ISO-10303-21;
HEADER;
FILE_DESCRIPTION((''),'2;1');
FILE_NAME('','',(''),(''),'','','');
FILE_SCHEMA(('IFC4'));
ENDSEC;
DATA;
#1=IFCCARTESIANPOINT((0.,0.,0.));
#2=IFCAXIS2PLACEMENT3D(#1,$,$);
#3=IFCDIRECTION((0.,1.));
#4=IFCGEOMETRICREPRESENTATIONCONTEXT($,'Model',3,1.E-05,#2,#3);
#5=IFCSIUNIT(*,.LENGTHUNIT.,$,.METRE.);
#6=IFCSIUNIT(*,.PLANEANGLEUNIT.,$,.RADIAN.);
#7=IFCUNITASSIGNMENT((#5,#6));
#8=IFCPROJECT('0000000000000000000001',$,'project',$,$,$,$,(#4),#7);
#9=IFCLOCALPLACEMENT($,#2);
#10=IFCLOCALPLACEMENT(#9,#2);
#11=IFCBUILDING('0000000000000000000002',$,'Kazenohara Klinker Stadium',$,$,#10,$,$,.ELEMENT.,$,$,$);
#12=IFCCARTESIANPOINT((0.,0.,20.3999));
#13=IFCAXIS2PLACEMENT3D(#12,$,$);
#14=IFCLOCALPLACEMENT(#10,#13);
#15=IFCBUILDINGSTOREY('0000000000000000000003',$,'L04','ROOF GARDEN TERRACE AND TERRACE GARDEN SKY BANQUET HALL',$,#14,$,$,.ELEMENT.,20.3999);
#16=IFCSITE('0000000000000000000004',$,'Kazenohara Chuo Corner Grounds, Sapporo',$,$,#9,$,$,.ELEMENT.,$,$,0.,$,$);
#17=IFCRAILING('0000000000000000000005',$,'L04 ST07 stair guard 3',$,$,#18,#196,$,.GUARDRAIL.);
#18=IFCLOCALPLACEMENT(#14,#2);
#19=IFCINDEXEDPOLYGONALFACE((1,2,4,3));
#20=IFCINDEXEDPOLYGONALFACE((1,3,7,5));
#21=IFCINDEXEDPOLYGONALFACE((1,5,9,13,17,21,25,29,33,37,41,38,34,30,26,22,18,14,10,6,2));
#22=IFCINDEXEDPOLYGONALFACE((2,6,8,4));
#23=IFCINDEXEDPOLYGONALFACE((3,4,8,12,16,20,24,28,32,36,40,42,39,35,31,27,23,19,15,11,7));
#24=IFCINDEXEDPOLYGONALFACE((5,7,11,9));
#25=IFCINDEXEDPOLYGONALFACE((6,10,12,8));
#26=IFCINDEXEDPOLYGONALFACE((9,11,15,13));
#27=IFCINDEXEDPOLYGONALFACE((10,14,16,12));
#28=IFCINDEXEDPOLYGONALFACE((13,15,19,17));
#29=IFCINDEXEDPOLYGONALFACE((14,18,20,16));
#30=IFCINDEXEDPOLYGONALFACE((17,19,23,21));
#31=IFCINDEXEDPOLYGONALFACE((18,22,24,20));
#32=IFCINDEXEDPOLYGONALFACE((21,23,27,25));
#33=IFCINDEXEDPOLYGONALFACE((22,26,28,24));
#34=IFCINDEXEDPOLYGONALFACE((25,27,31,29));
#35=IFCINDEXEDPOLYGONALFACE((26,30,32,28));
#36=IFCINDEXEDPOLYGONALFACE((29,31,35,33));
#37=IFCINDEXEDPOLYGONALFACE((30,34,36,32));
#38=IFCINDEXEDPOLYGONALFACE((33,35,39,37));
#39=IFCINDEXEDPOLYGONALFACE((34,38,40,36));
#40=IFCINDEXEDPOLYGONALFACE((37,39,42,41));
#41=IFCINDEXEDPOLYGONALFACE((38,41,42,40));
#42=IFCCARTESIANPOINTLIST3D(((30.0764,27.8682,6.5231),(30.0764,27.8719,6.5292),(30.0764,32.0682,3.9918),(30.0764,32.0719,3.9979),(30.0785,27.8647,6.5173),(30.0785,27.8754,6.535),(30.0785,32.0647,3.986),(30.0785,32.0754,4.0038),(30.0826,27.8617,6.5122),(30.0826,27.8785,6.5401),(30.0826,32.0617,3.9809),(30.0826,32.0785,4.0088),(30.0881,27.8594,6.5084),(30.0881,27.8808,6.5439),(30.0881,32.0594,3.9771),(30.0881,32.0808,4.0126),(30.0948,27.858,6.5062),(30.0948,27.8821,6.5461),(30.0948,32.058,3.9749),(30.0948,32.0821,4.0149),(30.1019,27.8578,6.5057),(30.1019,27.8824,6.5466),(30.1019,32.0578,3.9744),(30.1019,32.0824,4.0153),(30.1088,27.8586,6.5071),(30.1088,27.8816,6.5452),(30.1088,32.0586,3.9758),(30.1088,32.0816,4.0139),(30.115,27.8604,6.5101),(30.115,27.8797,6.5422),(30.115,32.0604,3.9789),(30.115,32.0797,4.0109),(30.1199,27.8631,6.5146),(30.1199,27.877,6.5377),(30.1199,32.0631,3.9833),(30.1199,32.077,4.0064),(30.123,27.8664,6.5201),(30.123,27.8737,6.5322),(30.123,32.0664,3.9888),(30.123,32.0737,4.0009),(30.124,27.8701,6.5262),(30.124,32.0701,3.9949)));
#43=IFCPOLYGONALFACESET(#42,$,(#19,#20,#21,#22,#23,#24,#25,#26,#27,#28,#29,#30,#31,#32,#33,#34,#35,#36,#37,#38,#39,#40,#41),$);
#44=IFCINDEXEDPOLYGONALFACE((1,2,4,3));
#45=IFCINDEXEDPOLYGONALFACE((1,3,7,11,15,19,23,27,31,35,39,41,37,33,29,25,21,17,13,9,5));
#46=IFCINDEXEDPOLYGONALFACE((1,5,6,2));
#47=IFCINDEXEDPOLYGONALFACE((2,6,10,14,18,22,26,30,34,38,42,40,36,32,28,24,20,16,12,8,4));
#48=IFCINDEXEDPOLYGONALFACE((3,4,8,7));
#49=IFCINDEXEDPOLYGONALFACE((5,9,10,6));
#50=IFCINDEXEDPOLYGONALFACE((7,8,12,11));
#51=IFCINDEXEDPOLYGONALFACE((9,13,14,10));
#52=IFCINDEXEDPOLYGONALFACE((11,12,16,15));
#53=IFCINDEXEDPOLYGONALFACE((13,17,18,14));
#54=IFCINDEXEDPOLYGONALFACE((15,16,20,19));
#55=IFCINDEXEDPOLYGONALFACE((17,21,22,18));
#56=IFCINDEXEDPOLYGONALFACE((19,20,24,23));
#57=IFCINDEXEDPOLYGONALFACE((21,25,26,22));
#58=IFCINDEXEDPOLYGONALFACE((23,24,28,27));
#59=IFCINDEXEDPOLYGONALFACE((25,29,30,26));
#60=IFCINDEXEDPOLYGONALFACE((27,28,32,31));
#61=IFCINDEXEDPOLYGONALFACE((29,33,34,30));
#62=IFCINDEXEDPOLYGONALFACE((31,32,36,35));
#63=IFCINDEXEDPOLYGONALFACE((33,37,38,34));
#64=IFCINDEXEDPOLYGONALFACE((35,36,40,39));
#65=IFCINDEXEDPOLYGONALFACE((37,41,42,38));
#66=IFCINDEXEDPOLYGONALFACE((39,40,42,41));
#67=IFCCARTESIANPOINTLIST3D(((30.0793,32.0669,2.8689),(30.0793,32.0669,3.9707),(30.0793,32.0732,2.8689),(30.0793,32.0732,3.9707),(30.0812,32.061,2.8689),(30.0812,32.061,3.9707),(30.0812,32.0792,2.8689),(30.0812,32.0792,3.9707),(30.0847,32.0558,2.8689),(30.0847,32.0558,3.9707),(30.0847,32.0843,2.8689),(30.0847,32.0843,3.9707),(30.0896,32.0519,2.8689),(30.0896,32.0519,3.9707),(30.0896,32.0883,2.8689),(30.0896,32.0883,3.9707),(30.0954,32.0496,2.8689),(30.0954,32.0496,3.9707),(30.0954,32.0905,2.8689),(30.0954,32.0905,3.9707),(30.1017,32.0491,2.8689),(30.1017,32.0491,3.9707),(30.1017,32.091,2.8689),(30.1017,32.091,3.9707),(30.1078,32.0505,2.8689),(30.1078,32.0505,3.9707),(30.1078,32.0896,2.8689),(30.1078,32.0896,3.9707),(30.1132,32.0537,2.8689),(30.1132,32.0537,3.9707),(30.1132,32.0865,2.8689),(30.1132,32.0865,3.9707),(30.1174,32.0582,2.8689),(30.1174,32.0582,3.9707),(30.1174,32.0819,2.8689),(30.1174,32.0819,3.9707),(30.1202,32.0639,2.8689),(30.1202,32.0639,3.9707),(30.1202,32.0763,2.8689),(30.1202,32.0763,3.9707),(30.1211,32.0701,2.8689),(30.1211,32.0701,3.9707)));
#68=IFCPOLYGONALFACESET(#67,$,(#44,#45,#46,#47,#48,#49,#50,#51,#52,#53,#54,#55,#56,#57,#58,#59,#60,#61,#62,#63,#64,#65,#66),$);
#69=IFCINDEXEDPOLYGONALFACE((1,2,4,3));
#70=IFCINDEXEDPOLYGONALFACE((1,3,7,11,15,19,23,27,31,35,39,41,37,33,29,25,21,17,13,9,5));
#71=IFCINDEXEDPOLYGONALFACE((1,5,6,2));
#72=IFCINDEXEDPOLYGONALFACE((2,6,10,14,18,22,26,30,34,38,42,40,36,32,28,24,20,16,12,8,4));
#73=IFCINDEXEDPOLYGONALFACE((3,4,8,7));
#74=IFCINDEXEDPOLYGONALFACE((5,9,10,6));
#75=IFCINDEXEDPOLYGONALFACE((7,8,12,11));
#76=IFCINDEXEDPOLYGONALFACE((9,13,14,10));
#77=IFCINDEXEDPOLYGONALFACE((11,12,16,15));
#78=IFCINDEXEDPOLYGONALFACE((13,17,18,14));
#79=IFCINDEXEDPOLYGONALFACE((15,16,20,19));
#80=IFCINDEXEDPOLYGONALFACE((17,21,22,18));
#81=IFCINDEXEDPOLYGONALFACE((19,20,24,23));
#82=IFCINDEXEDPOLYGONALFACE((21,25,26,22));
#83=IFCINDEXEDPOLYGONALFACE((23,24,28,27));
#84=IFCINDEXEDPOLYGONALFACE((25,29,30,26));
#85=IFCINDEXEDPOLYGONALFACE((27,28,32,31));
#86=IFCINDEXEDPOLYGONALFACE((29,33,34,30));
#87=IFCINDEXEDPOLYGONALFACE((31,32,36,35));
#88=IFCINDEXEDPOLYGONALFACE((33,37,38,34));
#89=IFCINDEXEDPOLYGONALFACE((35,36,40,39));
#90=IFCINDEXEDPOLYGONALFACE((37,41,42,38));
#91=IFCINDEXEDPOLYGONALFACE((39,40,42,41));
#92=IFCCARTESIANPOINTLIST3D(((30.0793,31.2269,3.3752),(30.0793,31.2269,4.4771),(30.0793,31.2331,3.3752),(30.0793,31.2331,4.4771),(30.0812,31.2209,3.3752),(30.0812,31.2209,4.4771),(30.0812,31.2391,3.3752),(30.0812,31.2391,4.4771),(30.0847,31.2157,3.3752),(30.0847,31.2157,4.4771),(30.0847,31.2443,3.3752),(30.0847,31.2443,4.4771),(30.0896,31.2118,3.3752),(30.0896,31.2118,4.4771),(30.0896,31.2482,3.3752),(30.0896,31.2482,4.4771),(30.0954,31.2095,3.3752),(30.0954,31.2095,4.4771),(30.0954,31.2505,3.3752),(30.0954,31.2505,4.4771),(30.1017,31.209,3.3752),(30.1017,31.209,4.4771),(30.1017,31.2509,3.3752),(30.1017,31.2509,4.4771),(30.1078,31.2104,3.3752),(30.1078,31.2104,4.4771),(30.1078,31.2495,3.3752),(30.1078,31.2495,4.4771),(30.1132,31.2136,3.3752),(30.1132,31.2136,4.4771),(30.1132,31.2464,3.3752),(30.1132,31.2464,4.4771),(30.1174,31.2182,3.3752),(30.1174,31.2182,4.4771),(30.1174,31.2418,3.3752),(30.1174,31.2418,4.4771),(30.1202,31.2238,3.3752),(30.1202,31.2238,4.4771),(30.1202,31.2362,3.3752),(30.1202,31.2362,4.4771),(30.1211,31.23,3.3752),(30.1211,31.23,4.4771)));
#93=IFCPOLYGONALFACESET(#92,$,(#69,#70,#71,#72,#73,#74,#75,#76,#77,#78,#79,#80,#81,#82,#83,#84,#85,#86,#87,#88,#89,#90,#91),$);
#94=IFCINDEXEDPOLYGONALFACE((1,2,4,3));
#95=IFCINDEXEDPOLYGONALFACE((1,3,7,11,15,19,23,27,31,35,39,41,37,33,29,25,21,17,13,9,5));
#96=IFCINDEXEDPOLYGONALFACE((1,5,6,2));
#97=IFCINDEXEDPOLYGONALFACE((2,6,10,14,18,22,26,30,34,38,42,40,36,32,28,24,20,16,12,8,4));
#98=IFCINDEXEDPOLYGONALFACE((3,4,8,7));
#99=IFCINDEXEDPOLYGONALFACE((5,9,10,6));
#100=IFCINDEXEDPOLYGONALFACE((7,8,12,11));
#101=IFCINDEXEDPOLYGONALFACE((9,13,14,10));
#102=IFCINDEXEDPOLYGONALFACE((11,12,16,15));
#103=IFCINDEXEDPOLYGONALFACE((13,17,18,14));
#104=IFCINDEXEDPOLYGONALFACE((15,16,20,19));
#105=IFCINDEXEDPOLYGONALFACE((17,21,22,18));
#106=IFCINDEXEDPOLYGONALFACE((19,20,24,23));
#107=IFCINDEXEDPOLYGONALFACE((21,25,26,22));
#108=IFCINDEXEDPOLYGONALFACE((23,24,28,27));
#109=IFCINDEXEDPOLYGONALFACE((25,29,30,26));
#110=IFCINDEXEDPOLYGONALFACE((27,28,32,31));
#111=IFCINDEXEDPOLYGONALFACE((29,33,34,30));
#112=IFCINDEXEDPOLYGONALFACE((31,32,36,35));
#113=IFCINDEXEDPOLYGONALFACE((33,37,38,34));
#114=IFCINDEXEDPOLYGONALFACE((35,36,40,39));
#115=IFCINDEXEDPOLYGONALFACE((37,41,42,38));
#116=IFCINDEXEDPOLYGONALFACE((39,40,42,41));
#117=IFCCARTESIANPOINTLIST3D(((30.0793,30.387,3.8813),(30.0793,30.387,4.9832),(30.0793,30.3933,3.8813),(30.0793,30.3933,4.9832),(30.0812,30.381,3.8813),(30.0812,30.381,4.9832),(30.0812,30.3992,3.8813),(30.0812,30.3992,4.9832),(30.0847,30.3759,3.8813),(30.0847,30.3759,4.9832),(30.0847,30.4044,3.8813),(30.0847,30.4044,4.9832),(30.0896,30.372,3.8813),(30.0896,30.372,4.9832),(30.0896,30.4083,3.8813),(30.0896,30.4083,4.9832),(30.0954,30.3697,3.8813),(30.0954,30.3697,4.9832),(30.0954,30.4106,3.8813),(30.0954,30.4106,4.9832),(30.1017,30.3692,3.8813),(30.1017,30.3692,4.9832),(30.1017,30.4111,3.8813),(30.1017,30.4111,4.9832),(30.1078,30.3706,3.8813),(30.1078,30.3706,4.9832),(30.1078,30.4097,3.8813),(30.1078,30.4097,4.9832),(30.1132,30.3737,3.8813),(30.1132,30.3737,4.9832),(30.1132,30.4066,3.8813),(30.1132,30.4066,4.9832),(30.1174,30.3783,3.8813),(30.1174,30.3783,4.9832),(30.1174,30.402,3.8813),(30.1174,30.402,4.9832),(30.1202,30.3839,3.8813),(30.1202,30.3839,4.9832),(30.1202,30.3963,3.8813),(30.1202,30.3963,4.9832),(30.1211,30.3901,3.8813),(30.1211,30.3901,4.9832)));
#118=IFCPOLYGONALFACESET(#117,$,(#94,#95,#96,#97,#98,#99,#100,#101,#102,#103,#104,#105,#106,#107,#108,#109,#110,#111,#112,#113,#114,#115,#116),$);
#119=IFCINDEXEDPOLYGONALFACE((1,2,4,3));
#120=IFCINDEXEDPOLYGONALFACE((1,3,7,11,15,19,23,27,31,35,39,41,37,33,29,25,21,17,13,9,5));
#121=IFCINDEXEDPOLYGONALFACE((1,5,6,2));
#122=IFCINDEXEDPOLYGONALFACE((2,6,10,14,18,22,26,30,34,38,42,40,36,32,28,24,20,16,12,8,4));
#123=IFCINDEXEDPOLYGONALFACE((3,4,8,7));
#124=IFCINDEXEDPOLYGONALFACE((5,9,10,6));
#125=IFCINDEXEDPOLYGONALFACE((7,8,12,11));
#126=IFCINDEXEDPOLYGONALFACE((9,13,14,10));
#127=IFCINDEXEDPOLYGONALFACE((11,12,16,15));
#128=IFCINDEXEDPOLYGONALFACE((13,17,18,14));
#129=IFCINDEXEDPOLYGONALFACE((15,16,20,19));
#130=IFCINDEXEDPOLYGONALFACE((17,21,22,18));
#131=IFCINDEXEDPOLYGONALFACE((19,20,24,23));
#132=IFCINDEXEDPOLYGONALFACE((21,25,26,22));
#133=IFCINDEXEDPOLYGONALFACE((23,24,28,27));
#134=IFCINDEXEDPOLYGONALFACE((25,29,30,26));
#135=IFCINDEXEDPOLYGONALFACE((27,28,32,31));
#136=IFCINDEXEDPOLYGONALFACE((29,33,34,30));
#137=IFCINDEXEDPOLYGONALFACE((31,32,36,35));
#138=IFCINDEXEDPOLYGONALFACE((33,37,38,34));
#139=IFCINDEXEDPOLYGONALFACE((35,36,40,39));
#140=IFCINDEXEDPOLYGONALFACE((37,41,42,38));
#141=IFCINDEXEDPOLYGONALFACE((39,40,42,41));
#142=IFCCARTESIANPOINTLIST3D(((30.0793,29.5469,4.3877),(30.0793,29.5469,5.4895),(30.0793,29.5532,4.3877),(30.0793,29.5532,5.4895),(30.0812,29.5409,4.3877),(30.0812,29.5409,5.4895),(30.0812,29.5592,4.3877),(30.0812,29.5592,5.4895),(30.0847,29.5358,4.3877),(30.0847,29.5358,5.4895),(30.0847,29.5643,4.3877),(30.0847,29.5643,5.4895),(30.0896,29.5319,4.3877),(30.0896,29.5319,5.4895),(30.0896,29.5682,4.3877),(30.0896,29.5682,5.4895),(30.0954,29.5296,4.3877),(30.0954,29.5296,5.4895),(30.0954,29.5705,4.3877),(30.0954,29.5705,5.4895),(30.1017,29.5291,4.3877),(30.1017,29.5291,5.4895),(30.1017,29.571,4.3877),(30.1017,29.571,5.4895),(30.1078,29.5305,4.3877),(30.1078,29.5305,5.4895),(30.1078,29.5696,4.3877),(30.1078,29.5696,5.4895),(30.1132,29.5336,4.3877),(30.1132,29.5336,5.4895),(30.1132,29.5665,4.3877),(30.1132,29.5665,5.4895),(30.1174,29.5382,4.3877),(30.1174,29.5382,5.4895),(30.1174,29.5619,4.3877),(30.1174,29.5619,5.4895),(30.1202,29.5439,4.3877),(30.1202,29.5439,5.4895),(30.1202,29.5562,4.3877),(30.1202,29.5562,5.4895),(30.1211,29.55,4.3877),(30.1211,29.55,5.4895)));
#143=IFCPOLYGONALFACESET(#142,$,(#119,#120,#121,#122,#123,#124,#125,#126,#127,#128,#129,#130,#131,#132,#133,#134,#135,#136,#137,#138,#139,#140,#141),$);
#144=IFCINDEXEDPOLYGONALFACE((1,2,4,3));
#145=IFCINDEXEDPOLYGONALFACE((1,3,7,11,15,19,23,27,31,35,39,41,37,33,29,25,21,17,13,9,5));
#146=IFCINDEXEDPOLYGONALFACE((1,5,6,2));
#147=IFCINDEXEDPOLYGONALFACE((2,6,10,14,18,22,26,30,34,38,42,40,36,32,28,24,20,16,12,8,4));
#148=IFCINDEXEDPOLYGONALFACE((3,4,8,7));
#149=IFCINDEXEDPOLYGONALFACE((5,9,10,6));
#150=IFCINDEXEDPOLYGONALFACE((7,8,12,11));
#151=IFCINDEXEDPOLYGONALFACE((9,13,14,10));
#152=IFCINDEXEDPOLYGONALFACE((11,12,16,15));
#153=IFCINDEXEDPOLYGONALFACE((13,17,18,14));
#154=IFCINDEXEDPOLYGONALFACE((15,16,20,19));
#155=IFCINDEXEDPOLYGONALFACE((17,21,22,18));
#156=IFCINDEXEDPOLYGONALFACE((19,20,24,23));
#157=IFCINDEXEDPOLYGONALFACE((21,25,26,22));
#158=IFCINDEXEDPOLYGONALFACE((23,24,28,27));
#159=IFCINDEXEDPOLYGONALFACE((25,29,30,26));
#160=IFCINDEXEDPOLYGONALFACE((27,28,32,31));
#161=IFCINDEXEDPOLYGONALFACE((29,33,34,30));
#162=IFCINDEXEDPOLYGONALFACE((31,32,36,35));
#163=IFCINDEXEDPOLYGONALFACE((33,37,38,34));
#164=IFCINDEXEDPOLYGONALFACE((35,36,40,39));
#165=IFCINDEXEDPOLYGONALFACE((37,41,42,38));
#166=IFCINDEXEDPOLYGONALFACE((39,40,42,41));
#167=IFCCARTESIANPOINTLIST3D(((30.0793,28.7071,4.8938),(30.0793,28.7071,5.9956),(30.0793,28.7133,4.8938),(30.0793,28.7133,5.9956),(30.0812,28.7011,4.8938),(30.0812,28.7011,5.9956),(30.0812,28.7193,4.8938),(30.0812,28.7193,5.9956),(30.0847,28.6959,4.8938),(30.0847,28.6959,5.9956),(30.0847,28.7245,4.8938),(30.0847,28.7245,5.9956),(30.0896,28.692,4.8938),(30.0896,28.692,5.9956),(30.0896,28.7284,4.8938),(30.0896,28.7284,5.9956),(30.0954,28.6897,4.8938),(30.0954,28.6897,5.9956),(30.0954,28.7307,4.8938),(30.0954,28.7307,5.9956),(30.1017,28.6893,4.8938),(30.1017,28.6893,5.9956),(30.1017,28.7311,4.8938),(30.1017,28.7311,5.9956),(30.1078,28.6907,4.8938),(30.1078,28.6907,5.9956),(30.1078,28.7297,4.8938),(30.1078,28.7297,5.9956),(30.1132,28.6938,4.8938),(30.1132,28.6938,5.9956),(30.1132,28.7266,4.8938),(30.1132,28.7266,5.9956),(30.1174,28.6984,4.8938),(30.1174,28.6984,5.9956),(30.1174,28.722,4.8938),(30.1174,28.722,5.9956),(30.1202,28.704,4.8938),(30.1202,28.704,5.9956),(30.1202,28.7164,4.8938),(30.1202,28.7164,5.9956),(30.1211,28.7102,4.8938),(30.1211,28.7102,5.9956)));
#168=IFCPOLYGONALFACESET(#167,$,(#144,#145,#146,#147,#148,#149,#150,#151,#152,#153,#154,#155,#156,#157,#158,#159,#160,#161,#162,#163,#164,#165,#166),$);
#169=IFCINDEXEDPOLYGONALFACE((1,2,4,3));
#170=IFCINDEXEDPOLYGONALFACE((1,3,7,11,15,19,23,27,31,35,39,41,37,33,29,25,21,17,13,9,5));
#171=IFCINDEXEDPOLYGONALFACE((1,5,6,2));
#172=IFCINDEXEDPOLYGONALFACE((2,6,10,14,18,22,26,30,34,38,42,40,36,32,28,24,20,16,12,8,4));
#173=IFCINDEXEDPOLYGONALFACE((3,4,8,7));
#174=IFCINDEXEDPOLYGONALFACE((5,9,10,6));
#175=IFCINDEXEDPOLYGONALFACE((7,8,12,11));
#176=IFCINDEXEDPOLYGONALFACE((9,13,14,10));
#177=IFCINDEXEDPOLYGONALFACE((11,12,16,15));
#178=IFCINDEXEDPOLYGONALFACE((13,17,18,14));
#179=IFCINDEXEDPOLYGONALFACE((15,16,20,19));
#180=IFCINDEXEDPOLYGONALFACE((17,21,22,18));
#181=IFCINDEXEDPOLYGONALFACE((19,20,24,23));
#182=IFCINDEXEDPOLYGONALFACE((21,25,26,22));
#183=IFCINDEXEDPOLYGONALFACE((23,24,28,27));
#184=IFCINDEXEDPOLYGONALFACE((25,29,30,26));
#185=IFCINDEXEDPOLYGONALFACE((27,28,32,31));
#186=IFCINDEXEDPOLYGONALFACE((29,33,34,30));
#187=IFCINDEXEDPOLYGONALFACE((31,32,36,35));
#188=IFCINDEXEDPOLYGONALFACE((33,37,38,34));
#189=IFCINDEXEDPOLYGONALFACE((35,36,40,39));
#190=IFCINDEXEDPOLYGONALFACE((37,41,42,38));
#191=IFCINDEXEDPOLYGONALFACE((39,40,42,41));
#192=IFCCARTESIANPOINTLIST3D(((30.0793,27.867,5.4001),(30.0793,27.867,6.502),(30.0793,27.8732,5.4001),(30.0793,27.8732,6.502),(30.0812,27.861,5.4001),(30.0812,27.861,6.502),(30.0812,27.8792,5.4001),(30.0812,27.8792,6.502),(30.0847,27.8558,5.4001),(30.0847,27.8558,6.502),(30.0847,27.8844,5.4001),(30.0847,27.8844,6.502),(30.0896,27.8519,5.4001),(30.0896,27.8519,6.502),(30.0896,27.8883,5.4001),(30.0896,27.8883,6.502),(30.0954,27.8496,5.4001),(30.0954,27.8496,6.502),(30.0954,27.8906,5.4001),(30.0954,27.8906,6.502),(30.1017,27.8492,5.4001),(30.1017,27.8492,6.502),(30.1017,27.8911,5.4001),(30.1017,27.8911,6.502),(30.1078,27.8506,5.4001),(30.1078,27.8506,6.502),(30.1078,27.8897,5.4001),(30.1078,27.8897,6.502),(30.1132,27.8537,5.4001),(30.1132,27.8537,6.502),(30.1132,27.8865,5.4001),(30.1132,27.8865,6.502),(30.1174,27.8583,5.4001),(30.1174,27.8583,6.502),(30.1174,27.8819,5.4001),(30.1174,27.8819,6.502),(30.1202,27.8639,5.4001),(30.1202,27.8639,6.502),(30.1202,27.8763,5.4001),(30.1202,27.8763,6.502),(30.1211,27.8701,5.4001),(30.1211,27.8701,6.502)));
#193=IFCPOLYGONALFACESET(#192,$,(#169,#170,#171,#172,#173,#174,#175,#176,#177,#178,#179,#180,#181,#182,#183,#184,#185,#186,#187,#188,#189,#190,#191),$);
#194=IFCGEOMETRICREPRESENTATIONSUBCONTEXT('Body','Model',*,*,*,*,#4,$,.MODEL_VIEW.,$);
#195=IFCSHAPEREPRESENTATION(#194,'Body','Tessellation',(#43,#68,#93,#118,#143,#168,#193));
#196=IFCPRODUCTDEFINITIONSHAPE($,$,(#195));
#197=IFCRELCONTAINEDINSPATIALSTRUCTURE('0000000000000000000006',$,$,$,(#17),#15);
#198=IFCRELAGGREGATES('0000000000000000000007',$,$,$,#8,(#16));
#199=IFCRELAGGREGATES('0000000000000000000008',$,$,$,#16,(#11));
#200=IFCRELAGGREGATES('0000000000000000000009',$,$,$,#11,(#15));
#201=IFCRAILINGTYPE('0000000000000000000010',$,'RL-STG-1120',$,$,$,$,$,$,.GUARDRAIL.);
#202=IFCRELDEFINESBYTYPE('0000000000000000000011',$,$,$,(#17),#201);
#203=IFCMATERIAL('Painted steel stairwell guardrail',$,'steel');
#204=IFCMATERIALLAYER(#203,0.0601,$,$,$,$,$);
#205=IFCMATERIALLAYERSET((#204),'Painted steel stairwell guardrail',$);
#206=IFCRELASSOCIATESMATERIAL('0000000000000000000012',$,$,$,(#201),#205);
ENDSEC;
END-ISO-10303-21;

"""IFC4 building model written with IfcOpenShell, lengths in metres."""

from ifc_helpers import new_model, si_unit, direction, frame, origin, origin_2d, place, context, subcontext, project, spatial, circle, extrude, material, layer, layer_set, type_object, element, save


model = new_model("IFC4")

# Units and contexts
model_context = context("Model", 3, precision=1e-05, world=origin(), true_north=direction((0.0, 1.0)))
body_context = subcontext(model_context, "Body", "Model", "MODEL_VIEW")
ifc_project = project(units=[si_unit("LENGTHUNIT", "METRE"), si_unit("PLANEANGLEUNIT", "RADIAN")], contexts=[model_context])

# Site, building, storey
site_placement = place(None, origin())
site = spatial("IfcSite", under=ifc_project, at=site_placement, Name="Kazenohara Chuo Corner Grounds, Sapporo", CompositionType="ELEMENT", RefElevation=0.0)
building_placement = place(site_placement, origin())
building = spatial("IfcBuilding", under=site, at=building_placement, Name="Kazenohara Klinker Stadium", CompositionType="ELEMENT")
storey_placement = place(building_placement, frame((0.0, 0.0, 20.3999)))
storey = spatial("IfcBuildingStorey", under=building, at=storey_placement, Name="L04", Description="ROOF GARDEN TERRACE AND TERRACE GARDEN SKY BANQUET HALL", CompositionType="ELEMENT", Elevation=20.3999)

# Railing
ifc_material_1 = material(Name="Painted steel stairwell guardrail", Category="steel")
ifc_layer_1 = layer(ifc_material_1, 0.0601)
ifc_layer_set_1 = layer_set([ifc_layer_1], Name="Painted steel stairwell guardrail")
railing_type_1 = type_object("IfcRailingType", Name="RL-STG-1120", PredefinedType="GUARDRAIL", material=ifc_layer_set_1)
railing_1_placement = place(storey_placement, frame((30.1001, 32.0701, 2.8689)))
element("IfcRailing", 1, at=railing_1_placement, inside=storey, type_object=railing_type_1, Name="L04 ST07 stair guard 3", PredefinedType="GUARDRAIL", context=body_context, shape_type="SweptSolid", body=[
    extrude(circle(Radius=0.0239, at=origin_2d()), frame((0.0, 0.0, 1.126), z_axis=(0.0, -0.856476, 0.516186), x_axis=(1.0, 0.0, 0.0)), (0.0, 0.0, 1.0), 4.9038),
    extrude(circle(Radius=0.021, at=origin_2d()), origin(), (0.0, 0.0, 1.0), 1.1018),
    extrude(circle(Radius=0.021, at=origin_2d()), frame((0.0, -0.8401, 0.5063)), (0.0, 0.0, 1.0), 1.1018),
    extrude(circle(Radius=0.021, at=origin_2d()), frame((0.0, -1.6799, 1.0125)), (0.0, 0.0, 1.0), 1.1018),
    extrude(circle(Radius=0.021, at=origin_2d()), frame((0.0, -2.52, 1.5188)), (0.0, 0.0, 1.0), 1.1018),
    extrude(circle(Radius=0.021, at=origin_2d()), frame((0.0, -3.3599, 2.0249)), (0.0, 0.0, 1.0), 1.1018),
    extrude(circle(Radius=0.021, at=origin_2d()), frame((0.0, -4.2, 2.5312)), (0.0, 0.0, 1.0), 1.1018),
])

save(model, "model.ifc")
